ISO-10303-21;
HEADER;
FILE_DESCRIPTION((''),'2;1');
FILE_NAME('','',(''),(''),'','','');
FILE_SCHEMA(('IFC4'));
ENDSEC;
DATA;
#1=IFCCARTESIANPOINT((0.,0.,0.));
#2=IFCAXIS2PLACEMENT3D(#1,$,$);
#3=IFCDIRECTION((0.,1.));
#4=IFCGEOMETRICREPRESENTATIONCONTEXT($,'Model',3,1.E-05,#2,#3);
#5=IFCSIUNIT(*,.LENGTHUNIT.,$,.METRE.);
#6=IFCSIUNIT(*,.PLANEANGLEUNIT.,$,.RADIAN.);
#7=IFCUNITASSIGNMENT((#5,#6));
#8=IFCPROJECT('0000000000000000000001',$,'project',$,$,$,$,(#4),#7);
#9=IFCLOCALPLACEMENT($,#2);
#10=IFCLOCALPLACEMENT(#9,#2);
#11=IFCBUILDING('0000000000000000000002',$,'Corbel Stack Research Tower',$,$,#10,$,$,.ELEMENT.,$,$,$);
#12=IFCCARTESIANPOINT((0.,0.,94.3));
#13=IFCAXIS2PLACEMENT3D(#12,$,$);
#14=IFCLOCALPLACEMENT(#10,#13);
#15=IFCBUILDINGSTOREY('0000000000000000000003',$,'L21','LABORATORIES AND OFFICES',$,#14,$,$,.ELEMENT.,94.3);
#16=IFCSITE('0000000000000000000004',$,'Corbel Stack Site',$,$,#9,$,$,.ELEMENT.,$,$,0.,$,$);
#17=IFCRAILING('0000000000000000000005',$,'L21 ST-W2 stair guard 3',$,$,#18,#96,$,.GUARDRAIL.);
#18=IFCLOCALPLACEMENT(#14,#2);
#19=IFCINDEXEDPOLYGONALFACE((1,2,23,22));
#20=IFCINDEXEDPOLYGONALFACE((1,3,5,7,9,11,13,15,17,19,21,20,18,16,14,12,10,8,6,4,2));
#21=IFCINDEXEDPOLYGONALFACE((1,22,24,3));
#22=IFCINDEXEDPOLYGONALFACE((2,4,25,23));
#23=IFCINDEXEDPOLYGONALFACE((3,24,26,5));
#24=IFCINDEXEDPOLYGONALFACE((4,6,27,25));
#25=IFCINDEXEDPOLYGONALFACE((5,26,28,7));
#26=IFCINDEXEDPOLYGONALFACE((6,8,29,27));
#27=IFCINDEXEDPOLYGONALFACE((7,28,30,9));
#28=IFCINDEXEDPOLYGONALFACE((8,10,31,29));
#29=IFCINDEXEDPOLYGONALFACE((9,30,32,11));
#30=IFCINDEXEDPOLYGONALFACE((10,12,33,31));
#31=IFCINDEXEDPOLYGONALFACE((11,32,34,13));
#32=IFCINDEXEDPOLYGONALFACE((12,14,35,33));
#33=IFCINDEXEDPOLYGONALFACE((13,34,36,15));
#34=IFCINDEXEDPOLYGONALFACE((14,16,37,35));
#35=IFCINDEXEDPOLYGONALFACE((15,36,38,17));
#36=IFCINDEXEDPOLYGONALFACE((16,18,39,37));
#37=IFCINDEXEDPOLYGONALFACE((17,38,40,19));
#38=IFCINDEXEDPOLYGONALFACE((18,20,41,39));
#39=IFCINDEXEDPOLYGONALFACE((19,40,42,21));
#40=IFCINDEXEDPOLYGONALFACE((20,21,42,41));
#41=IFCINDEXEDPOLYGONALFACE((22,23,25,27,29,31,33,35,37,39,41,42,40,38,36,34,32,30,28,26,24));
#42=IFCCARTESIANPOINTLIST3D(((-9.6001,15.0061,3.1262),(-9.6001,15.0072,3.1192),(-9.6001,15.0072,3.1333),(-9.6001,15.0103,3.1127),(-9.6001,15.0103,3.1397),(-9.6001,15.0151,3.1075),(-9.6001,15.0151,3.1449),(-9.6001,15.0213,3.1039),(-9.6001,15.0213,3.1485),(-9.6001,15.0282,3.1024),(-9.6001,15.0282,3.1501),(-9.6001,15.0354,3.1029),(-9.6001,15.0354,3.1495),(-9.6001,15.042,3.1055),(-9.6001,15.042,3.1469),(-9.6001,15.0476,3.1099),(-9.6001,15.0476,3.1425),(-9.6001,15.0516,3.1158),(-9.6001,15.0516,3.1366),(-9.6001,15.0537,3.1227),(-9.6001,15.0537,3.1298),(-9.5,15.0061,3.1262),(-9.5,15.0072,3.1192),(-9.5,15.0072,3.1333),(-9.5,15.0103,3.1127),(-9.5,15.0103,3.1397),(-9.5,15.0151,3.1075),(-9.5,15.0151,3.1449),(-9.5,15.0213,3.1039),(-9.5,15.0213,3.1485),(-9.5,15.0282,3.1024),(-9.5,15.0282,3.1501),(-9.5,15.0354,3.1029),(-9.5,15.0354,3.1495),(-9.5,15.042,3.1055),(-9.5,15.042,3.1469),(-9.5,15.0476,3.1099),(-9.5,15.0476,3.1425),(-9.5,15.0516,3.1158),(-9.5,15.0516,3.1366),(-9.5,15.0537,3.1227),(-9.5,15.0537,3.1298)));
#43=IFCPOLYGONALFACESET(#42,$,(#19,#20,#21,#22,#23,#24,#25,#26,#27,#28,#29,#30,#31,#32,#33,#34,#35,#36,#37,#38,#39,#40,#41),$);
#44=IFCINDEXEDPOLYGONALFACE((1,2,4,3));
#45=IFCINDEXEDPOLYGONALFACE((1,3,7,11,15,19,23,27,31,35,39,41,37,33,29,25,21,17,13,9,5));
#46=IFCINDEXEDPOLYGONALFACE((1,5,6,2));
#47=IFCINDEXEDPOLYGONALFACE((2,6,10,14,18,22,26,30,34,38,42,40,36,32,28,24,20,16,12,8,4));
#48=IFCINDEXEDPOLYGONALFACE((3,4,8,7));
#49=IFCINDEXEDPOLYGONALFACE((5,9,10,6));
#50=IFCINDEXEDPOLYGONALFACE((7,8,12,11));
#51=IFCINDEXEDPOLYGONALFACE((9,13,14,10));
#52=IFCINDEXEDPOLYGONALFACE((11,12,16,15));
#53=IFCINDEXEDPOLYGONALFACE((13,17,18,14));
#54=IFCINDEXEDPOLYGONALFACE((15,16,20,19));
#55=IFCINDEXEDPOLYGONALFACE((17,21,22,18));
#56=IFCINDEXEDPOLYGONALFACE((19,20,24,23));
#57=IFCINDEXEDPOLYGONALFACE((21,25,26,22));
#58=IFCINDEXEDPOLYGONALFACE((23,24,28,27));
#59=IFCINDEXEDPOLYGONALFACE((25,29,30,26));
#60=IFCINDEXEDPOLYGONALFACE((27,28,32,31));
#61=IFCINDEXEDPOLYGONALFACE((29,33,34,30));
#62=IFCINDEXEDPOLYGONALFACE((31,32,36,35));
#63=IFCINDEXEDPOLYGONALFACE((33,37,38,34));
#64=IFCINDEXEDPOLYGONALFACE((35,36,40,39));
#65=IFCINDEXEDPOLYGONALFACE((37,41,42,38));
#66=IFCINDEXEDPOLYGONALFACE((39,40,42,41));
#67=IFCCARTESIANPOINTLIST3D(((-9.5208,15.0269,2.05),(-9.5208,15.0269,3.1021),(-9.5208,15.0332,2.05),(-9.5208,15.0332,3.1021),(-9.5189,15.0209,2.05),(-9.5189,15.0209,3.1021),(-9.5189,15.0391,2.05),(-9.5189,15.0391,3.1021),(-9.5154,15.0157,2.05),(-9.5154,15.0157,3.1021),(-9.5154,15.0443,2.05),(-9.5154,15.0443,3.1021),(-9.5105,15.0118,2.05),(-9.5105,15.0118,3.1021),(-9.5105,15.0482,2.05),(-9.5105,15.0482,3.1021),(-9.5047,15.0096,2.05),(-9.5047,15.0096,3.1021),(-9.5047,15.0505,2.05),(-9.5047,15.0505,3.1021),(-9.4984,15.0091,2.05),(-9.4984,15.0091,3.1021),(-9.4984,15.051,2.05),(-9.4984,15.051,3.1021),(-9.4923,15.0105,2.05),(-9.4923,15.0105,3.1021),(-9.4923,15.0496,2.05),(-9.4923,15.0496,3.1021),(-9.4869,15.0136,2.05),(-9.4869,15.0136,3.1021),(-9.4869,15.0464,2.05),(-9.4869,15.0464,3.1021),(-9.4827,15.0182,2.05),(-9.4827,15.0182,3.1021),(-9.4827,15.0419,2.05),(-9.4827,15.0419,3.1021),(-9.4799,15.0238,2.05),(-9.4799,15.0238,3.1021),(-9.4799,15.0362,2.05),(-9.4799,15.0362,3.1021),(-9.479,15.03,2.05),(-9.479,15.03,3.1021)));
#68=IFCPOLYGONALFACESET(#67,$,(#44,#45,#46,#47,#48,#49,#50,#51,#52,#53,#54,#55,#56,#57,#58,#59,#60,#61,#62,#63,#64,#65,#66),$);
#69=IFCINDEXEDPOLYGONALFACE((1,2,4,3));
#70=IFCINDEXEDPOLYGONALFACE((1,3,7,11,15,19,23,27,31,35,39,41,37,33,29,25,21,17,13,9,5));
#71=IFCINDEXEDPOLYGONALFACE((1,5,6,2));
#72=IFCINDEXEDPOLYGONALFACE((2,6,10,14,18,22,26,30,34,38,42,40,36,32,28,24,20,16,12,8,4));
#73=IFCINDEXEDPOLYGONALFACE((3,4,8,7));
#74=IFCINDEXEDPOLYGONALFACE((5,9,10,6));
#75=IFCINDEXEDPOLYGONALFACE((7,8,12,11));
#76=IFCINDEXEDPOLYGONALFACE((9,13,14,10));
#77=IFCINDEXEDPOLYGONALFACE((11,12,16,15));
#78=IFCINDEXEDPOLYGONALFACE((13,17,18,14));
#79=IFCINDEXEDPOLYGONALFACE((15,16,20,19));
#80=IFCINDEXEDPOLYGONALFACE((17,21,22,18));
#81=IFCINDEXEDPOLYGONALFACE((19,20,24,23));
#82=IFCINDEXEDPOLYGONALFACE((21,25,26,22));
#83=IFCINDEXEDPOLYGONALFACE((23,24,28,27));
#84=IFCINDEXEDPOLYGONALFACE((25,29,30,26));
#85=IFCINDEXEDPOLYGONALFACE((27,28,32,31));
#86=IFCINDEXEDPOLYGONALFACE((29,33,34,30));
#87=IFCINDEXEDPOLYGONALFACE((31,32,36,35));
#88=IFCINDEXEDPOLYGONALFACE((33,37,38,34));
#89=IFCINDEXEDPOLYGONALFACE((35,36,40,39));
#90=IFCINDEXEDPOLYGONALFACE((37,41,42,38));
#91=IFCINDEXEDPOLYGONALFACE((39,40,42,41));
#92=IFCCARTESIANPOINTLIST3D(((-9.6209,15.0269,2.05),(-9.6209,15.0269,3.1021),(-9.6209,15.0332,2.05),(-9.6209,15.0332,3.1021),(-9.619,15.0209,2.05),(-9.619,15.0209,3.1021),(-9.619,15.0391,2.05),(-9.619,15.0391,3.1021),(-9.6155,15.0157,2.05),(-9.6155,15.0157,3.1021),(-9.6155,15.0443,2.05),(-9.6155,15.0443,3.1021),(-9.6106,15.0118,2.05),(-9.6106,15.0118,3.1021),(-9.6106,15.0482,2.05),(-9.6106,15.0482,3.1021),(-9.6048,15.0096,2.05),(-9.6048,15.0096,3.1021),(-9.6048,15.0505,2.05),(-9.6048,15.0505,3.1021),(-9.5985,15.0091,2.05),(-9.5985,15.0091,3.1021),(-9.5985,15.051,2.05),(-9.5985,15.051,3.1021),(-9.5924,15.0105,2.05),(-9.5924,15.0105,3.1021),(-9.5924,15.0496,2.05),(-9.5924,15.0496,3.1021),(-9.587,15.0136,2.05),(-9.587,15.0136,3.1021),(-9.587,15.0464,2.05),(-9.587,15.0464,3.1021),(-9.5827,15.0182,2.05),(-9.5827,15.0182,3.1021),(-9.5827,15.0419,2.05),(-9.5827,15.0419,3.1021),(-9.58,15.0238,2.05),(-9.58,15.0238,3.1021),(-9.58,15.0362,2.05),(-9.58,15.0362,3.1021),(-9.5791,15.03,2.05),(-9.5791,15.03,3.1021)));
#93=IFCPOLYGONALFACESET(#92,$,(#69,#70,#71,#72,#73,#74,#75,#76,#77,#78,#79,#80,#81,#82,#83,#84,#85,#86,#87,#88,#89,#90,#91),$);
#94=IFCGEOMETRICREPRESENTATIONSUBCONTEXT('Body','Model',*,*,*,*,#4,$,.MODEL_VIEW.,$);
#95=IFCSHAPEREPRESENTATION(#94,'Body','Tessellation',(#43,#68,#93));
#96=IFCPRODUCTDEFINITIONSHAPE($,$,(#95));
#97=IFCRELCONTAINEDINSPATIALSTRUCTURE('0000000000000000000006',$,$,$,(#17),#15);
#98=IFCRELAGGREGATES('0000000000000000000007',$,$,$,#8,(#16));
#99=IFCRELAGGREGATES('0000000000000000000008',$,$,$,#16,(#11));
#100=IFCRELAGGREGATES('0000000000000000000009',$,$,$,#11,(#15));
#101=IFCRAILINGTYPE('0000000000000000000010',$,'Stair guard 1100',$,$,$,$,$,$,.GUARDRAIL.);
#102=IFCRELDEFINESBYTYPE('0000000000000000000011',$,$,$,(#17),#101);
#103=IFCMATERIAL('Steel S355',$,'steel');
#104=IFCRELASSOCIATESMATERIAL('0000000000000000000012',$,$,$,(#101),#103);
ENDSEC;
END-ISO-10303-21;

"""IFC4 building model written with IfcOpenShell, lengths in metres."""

from ifc_helpers import new_model, si_unit, direction, frame, origin, origin_2d, place, context, subcontext, project, spatial, circle, extrude, material, type_object, element, save


model = new_model("IFC4")

# Units and contexts
model_context = context("Model", 3, precision=1e-05, world=origin(), true_north=direction((0.0, 1.0)))
body_context = subcontext(model_context, "Body", "Model", "MODEL_VIEW")
ifc_project = project(units=[si_unit("LENGTHUNIT", "METRE"), si_unit("PLANEANGLEUNIT", "RADIAN")], contexts=[model_context])

# Site, building, storey
site_placement = place(None, origin())
site = spatial("IfcSite", under=ifc_project, at=site_placement, Name="Corbel Stack Site", CompositionType="ELEMENT", RefElevation=0.0)
building_placement = place(site_placement, origin())
building = spatial("IfcBuilding", under=site, at=building_placement, Name="Corbel Stack Research Tower", CompositionType="ELEMENT")
storey_placement = place(building_placement, frame((0.0, 0.0, 94.3)))
storey = spatial("IfcBuildingStorey", under=building, at=storey_placement, Name="L21", Description="LABORATORIES AND OFFICES", CompositionType="ELEMENT", Elevation=94.3)

# Railing
ifc_material_1 = material(Name="Steel S355", Category="steel")
railing_type = type_object("IfcRailingType", Name="Stair guard 1100", PredefinedType="GUARDRAIL", material=ifc_material_1)
railing_1_placement = place(storey_placement, frame((-9.5, 15.03, 2.05)))
element("IfcRailing", 1, at=railing_1_placement, inside=storey, type_object=railing_type, Name="L21 ST-W2 stair guard 3", PredefinedType="GUARDRAIL", context=body_context, shape_type="SweptSolid", body=[
    extrude(circle(Radius=0.0239, at=origin_2d()), frame((0.0, 0.0, 1.0762), z_axis=(-1.0, 0.0, 0.0), x_axis=(0.0, -1.0, 0.0)), (0.0, 0.0, 1.0), 0.1001),
    extrude(circle(Radius=0.021, at=origin_2d()), origin(), (0.0, 0.0, 1.0), 1.052),
    extrude(circle(Radius=0.021, at=origin_2d()), frame((-0.1001, 0.0, 0.0)), (0.0, 0.0, 1.0), 1.052),
])

save(model, "model.ifc")
